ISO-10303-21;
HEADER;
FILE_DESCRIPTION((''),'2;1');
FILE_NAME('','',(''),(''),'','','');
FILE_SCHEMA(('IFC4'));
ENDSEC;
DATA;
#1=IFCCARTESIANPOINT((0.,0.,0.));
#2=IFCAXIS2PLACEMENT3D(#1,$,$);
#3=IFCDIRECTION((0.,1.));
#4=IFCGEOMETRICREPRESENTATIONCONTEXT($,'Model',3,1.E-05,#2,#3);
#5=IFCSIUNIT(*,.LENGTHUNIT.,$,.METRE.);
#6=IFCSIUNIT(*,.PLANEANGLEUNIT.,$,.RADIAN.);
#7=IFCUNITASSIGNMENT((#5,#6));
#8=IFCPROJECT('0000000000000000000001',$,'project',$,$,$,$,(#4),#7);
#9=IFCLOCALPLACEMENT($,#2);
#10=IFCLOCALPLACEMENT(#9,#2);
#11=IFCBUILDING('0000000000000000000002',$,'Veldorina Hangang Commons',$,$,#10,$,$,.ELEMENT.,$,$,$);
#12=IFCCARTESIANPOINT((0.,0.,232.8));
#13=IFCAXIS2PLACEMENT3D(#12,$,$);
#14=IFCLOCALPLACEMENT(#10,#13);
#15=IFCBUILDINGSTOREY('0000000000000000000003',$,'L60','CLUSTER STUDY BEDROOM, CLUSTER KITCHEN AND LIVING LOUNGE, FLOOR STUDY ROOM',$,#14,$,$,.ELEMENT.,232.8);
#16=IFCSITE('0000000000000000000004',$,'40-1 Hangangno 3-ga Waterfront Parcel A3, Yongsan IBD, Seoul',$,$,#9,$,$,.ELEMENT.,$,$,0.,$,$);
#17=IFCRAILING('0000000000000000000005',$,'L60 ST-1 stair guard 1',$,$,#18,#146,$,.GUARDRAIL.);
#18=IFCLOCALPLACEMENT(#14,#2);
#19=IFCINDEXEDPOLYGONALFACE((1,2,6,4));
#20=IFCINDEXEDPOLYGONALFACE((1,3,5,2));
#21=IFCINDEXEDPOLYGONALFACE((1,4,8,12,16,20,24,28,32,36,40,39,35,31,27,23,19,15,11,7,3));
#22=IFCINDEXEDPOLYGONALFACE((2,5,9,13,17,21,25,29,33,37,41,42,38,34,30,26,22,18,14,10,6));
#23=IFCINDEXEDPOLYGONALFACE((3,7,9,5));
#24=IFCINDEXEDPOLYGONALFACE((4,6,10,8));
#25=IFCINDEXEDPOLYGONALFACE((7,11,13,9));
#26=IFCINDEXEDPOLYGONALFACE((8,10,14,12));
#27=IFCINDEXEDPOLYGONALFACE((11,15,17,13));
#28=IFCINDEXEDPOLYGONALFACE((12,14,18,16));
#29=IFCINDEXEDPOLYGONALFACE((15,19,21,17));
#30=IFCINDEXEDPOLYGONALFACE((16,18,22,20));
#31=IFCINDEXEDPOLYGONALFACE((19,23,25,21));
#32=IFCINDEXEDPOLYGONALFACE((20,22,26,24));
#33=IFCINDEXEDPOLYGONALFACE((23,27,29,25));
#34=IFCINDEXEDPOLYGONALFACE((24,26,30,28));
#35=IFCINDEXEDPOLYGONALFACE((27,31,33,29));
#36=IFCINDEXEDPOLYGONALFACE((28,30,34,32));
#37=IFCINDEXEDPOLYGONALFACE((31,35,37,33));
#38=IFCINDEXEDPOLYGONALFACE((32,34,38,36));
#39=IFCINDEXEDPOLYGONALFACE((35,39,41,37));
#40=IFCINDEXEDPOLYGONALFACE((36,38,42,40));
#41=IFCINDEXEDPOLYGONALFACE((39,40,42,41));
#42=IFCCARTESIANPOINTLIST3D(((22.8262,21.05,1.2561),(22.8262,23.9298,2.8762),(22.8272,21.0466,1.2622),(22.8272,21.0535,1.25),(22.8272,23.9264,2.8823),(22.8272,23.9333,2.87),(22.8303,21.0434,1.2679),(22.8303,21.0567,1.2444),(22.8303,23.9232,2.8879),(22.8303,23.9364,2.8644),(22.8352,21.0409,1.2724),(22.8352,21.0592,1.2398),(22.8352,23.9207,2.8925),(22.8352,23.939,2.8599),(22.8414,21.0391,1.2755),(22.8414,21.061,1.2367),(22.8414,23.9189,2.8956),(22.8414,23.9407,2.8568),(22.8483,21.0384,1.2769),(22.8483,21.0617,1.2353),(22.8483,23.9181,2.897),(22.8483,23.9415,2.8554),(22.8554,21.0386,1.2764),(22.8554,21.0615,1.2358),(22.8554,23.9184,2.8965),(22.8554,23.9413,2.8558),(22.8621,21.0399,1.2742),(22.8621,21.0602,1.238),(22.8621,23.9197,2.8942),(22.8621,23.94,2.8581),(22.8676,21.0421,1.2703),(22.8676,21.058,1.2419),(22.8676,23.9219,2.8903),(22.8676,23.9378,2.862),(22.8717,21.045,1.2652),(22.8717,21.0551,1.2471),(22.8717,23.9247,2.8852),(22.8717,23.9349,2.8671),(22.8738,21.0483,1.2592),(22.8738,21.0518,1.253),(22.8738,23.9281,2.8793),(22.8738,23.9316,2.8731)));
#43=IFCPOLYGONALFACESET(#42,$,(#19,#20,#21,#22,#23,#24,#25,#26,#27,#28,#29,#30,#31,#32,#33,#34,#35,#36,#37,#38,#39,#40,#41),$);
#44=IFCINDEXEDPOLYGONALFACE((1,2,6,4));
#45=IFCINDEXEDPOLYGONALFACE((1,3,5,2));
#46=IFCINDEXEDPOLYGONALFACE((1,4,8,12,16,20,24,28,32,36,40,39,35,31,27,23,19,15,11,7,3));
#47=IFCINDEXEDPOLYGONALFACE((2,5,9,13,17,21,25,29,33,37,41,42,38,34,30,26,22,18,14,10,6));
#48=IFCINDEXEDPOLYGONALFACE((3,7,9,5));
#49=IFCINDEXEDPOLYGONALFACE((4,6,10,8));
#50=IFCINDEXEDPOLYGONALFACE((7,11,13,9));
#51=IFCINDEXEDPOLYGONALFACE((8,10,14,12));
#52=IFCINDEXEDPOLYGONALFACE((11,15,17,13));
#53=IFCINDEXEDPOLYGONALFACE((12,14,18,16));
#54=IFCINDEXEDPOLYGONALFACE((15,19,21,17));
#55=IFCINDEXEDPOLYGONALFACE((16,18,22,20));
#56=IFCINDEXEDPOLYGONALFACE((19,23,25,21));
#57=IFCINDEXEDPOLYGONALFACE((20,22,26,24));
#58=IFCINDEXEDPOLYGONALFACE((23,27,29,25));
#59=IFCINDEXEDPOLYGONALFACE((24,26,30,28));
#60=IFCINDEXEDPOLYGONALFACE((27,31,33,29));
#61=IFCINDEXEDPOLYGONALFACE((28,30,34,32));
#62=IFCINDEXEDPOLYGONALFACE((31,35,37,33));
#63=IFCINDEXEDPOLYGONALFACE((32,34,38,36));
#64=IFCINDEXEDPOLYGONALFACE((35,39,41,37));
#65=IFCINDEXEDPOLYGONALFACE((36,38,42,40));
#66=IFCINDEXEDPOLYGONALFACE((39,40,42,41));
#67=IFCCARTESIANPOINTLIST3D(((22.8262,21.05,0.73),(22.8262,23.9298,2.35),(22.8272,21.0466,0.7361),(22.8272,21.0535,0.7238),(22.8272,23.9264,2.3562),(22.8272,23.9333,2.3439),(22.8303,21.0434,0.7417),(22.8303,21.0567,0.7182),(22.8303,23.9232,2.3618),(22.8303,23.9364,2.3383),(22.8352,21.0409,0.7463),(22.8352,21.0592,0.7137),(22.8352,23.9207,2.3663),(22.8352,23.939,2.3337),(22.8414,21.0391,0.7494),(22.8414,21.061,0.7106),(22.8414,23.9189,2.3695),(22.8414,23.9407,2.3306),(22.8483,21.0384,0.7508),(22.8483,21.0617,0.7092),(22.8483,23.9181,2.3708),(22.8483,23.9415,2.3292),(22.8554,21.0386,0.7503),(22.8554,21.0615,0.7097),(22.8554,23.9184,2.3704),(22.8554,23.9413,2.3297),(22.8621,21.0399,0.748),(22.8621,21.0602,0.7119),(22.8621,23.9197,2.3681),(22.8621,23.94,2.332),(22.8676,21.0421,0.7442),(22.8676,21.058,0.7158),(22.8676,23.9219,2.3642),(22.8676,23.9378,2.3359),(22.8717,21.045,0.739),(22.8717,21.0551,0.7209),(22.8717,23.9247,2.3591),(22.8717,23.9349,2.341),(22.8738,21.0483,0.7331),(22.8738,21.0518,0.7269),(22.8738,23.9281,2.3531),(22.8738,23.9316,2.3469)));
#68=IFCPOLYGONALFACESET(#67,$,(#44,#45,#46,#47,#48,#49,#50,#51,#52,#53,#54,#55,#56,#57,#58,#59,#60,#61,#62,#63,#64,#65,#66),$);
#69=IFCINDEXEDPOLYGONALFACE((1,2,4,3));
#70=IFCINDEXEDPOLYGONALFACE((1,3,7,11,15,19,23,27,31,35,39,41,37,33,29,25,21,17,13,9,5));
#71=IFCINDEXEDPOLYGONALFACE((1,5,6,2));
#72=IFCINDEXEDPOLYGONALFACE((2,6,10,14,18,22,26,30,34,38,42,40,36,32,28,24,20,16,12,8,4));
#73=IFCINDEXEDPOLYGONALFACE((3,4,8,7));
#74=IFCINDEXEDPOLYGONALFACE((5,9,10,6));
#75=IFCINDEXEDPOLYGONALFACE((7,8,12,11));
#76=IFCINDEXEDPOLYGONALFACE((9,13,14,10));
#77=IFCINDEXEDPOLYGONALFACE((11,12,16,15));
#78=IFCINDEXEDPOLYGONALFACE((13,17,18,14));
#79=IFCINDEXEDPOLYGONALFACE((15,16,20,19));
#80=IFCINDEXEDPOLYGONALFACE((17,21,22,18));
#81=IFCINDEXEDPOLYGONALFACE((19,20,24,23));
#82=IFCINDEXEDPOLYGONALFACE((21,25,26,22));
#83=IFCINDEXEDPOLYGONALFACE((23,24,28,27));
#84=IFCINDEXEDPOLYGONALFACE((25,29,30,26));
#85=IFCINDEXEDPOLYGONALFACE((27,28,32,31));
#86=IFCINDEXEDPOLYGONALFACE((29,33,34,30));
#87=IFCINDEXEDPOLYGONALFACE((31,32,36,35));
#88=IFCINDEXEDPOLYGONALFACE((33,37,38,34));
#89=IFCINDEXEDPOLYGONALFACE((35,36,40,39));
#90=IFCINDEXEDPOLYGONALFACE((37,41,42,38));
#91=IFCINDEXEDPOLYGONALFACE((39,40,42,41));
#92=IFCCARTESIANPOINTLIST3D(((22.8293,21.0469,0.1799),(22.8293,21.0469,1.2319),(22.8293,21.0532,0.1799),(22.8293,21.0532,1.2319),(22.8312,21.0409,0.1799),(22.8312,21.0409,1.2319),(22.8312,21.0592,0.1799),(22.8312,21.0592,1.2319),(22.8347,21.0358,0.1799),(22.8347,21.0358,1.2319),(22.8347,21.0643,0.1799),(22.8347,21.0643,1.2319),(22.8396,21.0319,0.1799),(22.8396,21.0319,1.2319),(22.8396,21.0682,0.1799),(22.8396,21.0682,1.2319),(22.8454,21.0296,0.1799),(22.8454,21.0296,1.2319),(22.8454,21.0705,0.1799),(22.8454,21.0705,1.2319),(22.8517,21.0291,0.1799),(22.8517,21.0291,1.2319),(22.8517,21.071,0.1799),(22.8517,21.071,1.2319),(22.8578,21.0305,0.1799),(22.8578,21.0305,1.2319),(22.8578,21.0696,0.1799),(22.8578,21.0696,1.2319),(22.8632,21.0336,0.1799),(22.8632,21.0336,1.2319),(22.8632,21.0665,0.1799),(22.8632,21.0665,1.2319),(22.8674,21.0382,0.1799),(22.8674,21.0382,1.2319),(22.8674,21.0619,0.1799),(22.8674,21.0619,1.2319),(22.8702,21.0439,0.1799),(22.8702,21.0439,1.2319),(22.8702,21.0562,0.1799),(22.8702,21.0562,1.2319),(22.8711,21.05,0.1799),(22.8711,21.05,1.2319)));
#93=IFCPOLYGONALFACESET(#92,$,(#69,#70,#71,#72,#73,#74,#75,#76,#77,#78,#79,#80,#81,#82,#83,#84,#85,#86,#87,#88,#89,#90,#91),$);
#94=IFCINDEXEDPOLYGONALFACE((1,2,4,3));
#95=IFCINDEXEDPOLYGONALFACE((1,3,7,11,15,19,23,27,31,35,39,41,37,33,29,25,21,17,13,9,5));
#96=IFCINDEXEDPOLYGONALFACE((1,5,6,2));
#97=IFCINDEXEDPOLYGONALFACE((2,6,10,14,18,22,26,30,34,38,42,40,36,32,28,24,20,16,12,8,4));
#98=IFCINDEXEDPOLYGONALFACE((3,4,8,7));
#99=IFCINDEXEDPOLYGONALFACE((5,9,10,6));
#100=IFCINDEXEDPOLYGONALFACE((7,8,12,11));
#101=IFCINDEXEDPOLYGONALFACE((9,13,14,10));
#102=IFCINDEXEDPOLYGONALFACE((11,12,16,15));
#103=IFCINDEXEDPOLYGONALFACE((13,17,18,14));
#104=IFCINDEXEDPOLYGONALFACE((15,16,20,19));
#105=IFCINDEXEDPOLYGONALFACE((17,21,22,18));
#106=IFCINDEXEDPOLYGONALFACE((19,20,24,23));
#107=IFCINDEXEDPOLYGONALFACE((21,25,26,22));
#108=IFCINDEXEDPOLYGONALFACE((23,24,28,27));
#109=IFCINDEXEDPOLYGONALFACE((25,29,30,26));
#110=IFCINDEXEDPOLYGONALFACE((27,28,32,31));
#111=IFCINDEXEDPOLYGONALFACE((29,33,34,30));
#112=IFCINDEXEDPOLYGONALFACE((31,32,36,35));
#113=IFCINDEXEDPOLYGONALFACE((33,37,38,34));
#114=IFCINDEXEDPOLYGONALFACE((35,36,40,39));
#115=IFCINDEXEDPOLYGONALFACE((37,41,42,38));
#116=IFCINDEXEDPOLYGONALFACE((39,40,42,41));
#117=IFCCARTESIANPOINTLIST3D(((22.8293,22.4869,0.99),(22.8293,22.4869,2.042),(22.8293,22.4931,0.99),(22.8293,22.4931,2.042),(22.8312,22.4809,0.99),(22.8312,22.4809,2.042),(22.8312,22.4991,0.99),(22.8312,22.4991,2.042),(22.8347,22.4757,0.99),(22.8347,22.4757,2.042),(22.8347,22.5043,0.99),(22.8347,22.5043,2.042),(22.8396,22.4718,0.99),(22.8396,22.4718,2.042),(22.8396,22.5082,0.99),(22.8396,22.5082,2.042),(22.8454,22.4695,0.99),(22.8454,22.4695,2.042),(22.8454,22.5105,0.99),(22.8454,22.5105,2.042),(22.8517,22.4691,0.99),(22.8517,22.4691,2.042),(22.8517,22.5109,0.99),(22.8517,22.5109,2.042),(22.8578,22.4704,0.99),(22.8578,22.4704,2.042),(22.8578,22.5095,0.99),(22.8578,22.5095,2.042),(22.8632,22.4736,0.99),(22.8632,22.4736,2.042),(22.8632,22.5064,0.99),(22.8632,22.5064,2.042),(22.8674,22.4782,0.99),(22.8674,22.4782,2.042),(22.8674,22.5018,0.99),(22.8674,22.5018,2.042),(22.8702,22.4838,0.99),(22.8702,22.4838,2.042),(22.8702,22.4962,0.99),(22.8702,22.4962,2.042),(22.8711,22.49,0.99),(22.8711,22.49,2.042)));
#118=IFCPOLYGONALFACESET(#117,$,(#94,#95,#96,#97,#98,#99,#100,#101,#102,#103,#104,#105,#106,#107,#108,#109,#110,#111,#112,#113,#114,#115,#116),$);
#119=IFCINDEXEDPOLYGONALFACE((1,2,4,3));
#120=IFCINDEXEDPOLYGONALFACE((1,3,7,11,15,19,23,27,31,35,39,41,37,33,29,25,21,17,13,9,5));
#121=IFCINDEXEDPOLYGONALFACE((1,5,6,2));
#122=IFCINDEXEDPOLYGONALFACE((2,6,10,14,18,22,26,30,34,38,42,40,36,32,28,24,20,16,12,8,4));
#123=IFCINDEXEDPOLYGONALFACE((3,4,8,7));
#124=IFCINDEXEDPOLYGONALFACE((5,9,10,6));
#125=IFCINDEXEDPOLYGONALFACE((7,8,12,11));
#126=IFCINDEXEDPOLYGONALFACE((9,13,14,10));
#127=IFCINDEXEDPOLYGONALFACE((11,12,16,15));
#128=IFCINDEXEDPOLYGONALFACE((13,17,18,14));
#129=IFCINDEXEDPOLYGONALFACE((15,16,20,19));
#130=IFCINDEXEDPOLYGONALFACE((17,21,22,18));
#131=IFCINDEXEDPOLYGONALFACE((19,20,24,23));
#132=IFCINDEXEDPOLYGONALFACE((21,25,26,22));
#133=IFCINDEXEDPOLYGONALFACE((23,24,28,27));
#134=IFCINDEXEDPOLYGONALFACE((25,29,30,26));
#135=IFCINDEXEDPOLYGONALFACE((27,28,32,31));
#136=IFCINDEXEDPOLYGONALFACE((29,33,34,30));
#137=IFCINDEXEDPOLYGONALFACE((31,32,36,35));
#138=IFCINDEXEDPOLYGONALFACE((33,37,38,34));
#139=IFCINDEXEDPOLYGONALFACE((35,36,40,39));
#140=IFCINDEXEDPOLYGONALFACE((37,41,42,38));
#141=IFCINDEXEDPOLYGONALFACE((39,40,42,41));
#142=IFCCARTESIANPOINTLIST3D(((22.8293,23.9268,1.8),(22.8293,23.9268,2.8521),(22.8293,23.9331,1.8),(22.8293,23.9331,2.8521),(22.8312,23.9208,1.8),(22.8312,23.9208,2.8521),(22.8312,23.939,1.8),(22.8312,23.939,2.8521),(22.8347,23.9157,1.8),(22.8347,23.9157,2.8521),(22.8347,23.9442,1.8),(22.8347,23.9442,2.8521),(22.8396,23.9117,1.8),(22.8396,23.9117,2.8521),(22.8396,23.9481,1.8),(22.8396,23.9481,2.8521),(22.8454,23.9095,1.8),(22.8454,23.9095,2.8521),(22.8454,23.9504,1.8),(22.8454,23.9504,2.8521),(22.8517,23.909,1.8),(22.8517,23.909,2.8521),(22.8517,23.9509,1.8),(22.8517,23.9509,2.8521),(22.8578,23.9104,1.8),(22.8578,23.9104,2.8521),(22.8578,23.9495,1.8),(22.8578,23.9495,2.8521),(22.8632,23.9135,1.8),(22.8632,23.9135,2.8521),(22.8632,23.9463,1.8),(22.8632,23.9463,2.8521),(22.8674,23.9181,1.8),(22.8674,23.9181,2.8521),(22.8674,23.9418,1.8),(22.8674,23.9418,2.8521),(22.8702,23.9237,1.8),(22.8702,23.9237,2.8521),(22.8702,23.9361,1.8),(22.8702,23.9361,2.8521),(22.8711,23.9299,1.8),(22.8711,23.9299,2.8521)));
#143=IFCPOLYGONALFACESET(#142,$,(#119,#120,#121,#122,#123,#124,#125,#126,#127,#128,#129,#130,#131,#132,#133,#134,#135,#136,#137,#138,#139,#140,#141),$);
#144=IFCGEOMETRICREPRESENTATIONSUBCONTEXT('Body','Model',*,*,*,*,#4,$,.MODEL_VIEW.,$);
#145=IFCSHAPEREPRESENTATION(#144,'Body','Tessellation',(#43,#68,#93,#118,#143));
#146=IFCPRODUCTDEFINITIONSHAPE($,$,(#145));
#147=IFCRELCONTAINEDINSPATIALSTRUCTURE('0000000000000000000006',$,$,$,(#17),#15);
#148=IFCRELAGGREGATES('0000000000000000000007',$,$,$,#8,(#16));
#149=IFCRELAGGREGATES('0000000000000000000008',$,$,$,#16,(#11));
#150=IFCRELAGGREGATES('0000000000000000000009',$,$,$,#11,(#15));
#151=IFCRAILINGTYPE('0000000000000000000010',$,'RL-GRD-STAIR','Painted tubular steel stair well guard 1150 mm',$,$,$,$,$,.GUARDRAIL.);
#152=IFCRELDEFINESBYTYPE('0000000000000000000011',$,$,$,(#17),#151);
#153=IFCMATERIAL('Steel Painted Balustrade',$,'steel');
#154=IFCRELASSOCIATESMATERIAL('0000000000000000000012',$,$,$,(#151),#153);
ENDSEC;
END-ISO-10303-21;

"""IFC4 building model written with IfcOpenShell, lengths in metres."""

from ifc_helpers import new_model, si_unit, direction, frame, origin, origin_2d, place, context, subcontext, project, spatial, circle, extrude, material, type_object, element, save


model = new_model("IFC4")

# Units and contexts
model_context = context("Model", 3, precision=1e-05, world=origin(), true_north=direction((0.0, 1.0)))
body_context = subcontext(model_context, "Body", "Model", "MODEL_VIEW")
ifc_project = project(units=[si_unit("LENGTHUNIT", "METRE"), si_unit("PLANEANGLEUNIT", "RADIAN")], contexts=[model_context])

# Site, building, storey
site_placement = place(None, origin())
site = spatial("IfcSite", under=ifc_project, at=site_placement, Name="40-1 Hangangno 3-ga Waterfront Parcel A3, Yongsan IBD, Seoul", CompositionType="ELEMENT", RefElevation=0.0)
building_placement = place(site_placement, origin())
building = spatial("IfcBuilding", under=site, at=building_placement, Name="Veldorina Hangang Commons", CompositionType="ELEMENT")
storey_placement = place(building_placement, frame((0.0, 0.0, 232.8)))
storey = spatial("IfcBuildingStorey", under=building, at=storey_placement, Name="L60", Description="CLUSTER STUDY BEDROOM, CLUSTER KITCHEN AND LIVING LOUNGE, FLOOR STUDY ROOM", CompositionType="ELEMENT", Elevation=232.8)

# Railing
ifc_material_1 = material(Name="Steel Painted Balustrade", Category="steel")
railing_type_1 = type_object("IfcRailingType", Name="RL-GRD-STAIR", Description="Painted tubular steel stair well guard 1150 mm", PredefinedType="GUARDRAIL", material=ifc_material_1)
railing_1_placement = place(storey_placement, frame((22.8501, 21.05, 0.1799)))
element("IfcRailing", 1, at=railing_1_placement, inside=storey, type_object=railing_type_1, Name="L60 ST-1 stair guard 1", PredefinedType="GUARDRAIL", context=body_context, shape_type="SweptSolid", body=[
    extrude(circle(Radius=0.0239, at=origin_2d()), frame((0.0, 0.0, 1.0762), z_axis=(0.0, 0.871552, 0.490303), x_axis=(-1.0, 0.0, 0.0)), (0.0, 0.0, 1.0), 3.3042),
    extrude(circle(Radius=0.0239, at=origin_2d()), frame((0.0, 0.0, 0.55), z_axis=(0.0, 0.871552, 0.490303), x_axis=(-1.0, 0.0, 0.0)), (0.0, 0.0, 1.0), 3.3042),
    extrude(circle(Radius=0.021, at=origin_2d()), origin(), (0.0, 0.0, 1.0), 1.052),
    extrude(circle(Radius=0.021, at=origin_2d()), frame((0.0, 1.4399, 0.8101)), (0.0, 0.0, 1.0), 1.052),
    extrude(circle(Radius=0.021, at=origin_2d()), frame((0.0, 2.8799, 1.6201)), (0.0, 0.0, 1.0), 1.052),
])

save(model, "model.ifc")
